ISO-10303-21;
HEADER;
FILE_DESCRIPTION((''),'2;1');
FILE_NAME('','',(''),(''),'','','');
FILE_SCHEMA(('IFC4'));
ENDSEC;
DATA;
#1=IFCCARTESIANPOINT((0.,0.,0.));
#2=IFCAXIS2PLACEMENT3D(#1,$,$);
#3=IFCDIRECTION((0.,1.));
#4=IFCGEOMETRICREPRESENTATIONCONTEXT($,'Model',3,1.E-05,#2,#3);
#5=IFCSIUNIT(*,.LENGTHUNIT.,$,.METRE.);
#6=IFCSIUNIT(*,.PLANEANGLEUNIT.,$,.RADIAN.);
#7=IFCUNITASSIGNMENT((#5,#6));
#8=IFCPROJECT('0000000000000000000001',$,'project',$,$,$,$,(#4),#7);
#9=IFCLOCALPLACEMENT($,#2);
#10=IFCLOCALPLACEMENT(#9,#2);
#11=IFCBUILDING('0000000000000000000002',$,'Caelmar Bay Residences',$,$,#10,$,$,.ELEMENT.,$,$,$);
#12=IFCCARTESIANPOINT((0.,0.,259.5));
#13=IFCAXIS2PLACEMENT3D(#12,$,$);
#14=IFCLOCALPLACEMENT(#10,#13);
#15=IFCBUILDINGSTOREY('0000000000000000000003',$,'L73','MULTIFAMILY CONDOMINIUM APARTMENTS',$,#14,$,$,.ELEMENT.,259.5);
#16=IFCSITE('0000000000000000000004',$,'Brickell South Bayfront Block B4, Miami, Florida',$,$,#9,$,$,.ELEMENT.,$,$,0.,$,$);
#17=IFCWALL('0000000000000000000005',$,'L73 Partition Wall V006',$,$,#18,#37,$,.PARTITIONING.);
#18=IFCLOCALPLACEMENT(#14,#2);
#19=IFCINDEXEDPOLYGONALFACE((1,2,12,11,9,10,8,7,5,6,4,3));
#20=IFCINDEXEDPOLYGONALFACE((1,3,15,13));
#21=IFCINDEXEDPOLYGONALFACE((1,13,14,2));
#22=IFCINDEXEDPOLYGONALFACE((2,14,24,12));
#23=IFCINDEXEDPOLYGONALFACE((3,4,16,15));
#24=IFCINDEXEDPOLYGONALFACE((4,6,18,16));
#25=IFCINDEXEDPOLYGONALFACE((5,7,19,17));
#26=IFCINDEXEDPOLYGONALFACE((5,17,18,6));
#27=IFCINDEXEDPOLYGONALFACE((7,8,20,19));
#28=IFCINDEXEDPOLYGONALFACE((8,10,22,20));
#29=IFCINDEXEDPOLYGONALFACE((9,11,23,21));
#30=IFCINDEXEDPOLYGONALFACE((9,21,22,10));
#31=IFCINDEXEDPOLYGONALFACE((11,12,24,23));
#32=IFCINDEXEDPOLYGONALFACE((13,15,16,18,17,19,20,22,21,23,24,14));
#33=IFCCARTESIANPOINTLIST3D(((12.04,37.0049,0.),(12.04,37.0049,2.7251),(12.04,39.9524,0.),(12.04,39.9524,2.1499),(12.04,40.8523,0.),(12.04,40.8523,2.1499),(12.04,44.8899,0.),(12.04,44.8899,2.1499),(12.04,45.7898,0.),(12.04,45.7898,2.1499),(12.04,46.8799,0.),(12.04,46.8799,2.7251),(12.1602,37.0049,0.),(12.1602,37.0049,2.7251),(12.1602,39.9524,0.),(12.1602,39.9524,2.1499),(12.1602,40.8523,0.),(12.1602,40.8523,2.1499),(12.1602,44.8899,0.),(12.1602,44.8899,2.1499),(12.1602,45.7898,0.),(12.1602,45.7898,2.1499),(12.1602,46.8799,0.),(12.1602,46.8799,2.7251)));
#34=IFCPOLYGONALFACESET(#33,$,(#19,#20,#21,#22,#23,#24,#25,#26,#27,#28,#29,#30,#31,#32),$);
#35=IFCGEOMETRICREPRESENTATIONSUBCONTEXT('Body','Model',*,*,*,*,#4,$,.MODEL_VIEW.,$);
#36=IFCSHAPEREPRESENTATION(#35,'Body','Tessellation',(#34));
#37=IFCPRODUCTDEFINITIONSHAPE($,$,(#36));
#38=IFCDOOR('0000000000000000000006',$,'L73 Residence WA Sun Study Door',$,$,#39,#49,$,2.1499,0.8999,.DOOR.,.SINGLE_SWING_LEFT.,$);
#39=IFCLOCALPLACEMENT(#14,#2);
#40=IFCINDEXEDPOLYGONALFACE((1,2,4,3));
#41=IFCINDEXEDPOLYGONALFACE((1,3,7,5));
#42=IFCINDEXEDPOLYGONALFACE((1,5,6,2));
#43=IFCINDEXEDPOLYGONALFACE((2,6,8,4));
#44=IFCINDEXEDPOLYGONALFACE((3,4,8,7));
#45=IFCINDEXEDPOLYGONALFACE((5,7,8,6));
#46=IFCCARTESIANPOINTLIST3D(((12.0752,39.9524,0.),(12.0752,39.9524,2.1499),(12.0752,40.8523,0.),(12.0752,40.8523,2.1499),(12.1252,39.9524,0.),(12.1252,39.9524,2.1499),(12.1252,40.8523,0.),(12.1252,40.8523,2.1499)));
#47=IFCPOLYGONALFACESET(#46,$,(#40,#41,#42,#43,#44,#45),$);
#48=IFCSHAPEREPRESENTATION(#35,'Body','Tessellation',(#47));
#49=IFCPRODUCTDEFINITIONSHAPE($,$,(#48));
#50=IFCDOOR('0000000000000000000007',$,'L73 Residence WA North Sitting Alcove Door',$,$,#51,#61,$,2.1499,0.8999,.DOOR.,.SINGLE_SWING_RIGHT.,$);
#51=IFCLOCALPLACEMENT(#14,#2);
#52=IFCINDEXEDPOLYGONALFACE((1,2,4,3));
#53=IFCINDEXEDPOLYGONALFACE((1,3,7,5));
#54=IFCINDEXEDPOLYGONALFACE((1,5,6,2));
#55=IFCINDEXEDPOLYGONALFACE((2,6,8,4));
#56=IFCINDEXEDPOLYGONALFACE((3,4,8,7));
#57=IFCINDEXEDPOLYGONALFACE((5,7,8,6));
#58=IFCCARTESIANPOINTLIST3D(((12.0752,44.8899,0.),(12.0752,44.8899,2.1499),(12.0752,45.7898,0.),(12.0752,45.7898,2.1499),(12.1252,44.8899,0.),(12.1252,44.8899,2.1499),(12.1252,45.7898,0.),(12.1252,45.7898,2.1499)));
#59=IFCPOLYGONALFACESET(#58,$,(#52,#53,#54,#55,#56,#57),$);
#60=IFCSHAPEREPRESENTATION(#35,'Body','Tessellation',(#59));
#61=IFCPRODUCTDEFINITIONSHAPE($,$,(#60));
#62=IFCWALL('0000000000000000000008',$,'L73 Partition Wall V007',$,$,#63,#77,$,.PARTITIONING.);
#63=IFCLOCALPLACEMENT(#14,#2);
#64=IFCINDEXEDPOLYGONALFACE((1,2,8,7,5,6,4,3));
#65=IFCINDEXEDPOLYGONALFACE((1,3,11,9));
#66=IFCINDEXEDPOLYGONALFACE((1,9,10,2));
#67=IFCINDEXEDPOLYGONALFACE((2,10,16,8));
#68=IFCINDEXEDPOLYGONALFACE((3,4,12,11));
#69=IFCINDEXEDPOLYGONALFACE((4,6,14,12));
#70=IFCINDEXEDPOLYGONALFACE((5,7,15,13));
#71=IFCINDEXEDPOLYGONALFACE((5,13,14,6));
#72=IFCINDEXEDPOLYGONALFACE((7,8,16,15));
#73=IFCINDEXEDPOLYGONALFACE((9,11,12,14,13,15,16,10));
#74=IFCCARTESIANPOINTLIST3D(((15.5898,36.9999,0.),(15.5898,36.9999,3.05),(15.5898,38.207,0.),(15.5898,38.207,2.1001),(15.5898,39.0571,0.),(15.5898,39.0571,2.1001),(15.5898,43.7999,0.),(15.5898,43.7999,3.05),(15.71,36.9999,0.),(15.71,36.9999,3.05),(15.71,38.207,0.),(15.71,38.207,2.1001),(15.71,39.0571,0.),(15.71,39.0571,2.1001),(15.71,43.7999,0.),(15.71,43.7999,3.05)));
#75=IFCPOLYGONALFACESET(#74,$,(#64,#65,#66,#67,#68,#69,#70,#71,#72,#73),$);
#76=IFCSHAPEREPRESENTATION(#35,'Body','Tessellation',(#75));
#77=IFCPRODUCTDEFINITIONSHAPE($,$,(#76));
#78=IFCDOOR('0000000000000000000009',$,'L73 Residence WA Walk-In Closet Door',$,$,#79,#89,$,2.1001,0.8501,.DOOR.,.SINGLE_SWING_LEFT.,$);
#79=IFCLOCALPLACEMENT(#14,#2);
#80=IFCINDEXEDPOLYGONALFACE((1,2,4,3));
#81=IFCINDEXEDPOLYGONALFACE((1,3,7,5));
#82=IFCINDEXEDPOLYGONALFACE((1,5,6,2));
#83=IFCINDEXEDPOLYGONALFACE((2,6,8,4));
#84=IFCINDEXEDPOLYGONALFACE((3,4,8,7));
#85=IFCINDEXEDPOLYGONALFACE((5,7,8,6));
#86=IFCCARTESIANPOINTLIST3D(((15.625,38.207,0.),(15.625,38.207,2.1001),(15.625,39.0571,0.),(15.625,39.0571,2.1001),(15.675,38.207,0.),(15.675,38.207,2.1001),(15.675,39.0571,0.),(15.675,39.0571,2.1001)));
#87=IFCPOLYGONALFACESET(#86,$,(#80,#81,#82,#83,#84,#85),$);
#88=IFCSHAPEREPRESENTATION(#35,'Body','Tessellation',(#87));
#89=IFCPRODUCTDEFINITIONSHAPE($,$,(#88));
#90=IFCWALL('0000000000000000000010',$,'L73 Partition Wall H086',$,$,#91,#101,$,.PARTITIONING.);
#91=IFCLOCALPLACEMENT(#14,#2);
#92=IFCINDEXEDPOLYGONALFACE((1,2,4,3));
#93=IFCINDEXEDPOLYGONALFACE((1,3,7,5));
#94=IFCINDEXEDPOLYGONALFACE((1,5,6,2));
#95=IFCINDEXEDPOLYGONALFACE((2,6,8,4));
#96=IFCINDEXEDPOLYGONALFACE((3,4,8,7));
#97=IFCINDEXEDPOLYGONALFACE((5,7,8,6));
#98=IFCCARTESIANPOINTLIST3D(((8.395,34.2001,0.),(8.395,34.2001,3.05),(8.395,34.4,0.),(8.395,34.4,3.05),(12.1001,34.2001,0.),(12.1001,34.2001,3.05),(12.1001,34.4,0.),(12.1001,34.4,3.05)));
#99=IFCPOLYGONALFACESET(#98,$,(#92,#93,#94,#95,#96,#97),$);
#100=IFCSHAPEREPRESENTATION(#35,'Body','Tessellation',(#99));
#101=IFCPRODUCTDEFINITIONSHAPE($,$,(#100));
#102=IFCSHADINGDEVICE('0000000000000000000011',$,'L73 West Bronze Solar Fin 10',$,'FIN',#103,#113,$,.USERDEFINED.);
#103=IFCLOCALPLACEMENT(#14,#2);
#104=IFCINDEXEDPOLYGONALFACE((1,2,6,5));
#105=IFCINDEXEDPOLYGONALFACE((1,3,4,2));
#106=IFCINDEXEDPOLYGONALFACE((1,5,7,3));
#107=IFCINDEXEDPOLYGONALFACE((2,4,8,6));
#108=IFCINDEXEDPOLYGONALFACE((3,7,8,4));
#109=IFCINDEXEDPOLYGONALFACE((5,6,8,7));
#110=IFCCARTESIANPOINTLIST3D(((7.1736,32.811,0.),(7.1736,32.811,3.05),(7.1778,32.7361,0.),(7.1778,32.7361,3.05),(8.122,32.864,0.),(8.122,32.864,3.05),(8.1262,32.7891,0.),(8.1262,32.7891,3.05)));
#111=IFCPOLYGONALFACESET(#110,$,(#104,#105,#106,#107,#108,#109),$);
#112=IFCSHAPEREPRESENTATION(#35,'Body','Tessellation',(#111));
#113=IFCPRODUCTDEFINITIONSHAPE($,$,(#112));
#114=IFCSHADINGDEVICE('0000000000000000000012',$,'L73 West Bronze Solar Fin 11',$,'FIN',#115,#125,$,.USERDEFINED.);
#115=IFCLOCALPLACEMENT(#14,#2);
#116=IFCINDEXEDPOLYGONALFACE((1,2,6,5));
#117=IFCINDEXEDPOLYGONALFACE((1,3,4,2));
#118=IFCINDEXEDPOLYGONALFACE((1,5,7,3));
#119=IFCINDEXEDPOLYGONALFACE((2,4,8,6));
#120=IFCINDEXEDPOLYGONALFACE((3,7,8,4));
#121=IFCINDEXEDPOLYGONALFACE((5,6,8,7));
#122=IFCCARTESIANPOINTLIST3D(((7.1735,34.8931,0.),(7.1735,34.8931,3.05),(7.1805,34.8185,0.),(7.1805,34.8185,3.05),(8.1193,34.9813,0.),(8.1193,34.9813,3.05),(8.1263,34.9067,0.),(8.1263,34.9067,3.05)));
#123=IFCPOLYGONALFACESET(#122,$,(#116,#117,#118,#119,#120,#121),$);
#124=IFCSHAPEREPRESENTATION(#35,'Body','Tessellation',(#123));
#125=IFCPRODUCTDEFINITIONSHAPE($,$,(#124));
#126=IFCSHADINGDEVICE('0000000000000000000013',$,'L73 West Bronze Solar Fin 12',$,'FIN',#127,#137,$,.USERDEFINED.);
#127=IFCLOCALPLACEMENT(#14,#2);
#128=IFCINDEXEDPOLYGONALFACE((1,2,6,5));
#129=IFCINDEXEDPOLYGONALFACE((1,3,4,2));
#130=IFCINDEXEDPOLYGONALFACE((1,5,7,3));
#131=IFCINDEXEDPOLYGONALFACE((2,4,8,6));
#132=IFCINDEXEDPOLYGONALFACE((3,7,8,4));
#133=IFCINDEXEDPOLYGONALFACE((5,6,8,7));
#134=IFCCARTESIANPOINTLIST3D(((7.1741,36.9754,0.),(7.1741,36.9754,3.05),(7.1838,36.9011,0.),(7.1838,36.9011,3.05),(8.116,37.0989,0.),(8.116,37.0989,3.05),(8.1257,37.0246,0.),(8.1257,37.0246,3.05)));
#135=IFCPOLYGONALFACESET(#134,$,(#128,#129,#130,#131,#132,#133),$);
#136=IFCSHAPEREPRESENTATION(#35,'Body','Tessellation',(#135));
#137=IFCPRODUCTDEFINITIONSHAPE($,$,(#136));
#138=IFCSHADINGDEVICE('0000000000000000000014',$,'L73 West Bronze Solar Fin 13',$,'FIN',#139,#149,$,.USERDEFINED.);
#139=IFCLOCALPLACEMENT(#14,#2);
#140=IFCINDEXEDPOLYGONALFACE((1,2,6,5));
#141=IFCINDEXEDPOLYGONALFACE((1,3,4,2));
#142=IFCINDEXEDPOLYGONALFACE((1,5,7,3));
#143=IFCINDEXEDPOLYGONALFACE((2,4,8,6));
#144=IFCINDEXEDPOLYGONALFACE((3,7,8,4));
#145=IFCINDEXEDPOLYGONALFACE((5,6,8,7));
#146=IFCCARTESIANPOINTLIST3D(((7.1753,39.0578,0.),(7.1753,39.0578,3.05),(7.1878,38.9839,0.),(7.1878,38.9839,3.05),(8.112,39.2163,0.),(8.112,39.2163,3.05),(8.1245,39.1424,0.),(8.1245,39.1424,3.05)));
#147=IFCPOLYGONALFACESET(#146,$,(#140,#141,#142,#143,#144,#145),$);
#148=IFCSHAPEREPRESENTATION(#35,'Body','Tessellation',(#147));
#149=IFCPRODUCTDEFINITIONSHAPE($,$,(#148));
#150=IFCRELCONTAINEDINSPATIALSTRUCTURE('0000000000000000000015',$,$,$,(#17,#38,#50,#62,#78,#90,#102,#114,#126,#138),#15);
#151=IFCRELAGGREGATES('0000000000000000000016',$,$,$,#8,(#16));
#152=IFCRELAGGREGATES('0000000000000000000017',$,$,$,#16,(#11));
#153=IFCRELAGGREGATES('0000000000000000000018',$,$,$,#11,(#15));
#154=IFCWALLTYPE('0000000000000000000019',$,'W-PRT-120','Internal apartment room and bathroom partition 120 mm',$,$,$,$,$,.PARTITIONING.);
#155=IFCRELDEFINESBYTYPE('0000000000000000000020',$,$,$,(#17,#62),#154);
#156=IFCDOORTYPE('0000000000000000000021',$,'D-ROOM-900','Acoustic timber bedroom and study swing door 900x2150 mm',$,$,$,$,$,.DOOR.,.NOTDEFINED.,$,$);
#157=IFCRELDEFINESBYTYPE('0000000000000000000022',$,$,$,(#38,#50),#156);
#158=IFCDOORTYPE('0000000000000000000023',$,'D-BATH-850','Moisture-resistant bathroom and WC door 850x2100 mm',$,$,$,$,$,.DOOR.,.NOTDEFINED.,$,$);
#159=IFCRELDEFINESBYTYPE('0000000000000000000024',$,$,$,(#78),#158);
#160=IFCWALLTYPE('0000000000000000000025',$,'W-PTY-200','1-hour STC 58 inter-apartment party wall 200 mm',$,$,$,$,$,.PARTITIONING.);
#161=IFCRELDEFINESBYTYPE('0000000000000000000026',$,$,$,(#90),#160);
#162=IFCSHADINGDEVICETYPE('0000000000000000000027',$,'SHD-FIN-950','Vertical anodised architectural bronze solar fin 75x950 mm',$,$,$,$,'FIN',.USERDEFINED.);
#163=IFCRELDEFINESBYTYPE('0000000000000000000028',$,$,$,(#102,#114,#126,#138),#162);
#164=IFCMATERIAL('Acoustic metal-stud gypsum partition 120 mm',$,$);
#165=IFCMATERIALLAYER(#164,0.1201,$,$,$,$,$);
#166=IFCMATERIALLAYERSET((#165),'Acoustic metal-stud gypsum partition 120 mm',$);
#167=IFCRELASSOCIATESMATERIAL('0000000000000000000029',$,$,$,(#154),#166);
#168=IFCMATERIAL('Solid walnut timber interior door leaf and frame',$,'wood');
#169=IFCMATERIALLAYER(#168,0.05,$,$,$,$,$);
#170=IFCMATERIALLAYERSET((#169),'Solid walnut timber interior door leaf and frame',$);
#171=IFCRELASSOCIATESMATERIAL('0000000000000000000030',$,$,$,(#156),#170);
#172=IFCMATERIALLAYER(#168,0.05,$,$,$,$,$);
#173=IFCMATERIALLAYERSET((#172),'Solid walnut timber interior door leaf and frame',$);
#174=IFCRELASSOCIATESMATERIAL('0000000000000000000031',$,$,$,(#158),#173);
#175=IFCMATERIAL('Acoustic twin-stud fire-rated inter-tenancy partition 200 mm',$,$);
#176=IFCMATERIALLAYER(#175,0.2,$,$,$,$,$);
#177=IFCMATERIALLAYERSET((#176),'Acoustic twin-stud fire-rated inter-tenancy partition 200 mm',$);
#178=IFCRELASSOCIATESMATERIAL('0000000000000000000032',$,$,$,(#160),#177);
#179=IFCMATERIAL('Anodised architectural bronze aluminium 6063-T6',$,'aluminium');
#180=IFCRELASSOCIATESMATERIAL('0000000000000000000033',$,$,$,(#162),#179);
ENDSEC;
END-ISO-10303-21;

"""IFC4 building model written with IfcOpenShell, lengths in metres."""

from ifc_helpers import new_model, si_unit, direction, frame, frame_2d, origin, origin_2d, place, context, subcontext, project, spatial, rectangle, extrude, material, layer, layer_set, material_profile, profile_set, type_object, element, fill, save


model = new_model("IFC4")

# Units and contexts
model_context = context("Model", 3, precision=1e-05, world=origin(), true_north=direction((0.0, 1.0)))
body_context = subcontext(model_context, "Body", "Model", "MODEL_VIEW")
ifc_project = project(units=[si_unit("LENGTHUNIT", "METRE"), si_unit("PLANEANGLEUNIT", "RADIAN")], contexts=[model_context])

# Site, building, storey
site_placement = place(None, origin())
site = spatial("IfcSite", under=ifc_project, at=site_placement, Name="Brickell South Bayfront Block B4, Miami, Florida", CompositionType="ELEMENT", RefElevation=0.0)
building_placement = place(site_placement, origin())
building = spatial("IfcBuilding", under=site, at=building_placement, Name="Caelmar Bay Residences", CompositionType="ELEMENT")
storey_placement = place(building_placement, frame((0.0, 0.0, 259.5)))
storey = spatial("IfcBuildingStorey", under=building, at=storey_placement, Name="L73", Description="MULTIFAMILY CONDOMINIUM APARTMENTS", CompositionType="ELEMENT", Elevation=259.5)

# Wall, openings, doors
ifc_material_1 = material(Name="Acoustic metal-stud gypsum partition 120 mm")
ifc_layer_1 = layer(ifc_material_1, 0.1201)
ifc_layer_set_1 = layer_set([ifc_layer_1], Name="Acoustic metal-stud gypsum partition 120 mm")
wall_type_1 = type_object("IfcWallType", Name="W-PRT-120", Description="Internal apartment room and bathroom partition 120 mm", PredefinedType="PARTITIONING", material=ifc_layer_set_1)
wall_1_placement = place(storey_placement, frame((12.1001, 37.0049, 0.0), z_axis=(0.0, 0.0, 1.0), x_axis=(0.0, 1.0, 0.0)))
wall_1 = element("IfcWall", 1, at=wall_1_placement, inside=storey, type_object=wall_type_1, Name="L73 Partition Wall V006", PredefinedType="PARTITIONING", context=body_context, shape_type="SweptSolid", body=[
    extrude(rectangle(XDim=9.875, YDim=0.1201, at=frame_2d((4.9375, 0.0))), origin(), (0.0, 0.0, 1.0), 2.7251),
])
opening_1_placement = place(wall_1_placement, frame((2.9475, 0.0, 0.0)))
opening_1 = element("IfcOpeningElement", 2, at=opening_1_placement, cuts=wall_1, PredefinedType="OPENING", context=body_context, shape_type="SweptSolid", body=[
    extrude(rectangle(XDim=0.8999, YDim=2.1499, at=frame_2d((0.45, 1.075))), frame((0.0, 0.0701, 0.0), z_axis=(0.0, -1.0, 0.0), x_axis=(1.0, 0.0, 0.0)), (0.0, 0.0, 1.0), 0.1401),
])
opening_2_placement = place(wall_1_placement, frame((7.885, 0.0, 0.0)))
opening_2 = element("IfcOpeningElement", 3, at=opening_2_placement, cuts=wall_1, PredefinedType="OPENING", context=body_context, shape_type="SweptSolid", body=[
    extrude(rectangle(XDim=0.8999, YDim=2.1499, at=frame_2d((0.45, 1.075))), frame((0.0, 0.0701, 0.0), z_axis=(0.0, -1.0, 0.0), x_axis=(1.0, 0.0, 0.0)), (0.0, 0.0, 1.0), 0.1401),
])
ifc_material_2 = material(Name="Solid walnut timber interior door leaf and frame", Category="wood")
ifc_layer_2 = layer(ifc_material_2, 0.05)
ifc_layer_set_2 = layer_set([ifc_layer_2], Name="Solid walnut timber interior door leaf and frame")
door_type_1 = type_object("IfcDoorType", Name="D-ROOM-900", Description="Acoustic timber bedroom and study swing door 900x2150 mm", OperationType="NOTDEFINED", PredefinedType="DOOR", material=ifc_layer_set_2)
door_1_placement = place(opening_1_placement, origin())
door_1 = element("IfcDoor", 4, at=door_1_placement, inside=storey, type_object=door_type_1, Name="L73 Residence WA Sun Study Door", OperationType="SINGLE_SWING_LEFT", OverallHeight=2.1499, OverallWidth=0.8999, PredefinedType="DOOR", context=body_context, shape_type="SweptSolid", body=[
    extrude(rectangle(XDim=0.8999, YDim=2.1499, at=frame_2d((0.45, 1.075))), frame((0.0, 0.0249, 0.0), z_axis=(0.0, -1.0, 0.0), x_axis=(1.0, 0.0, 0.0)), (0.0, 0.0, 1.0), 0.05),
])
fill(opening_1, door_1)
door_2_placement = place(opening_2_placement, origin())
door_2 = element("IfcDoor", 5, at=door_2_placement, inside=storey, type_object=door_type_1, Name="L73 Residence WA North Sitting Alcove Door", OperationType="SINGLE_SWING_RIGHT", OverallHeight=2.1499, OverallWidth=0.8999, PredefinedType="DOOR", context=body_context, shape_type="SweptSolid", body=[
    extrude(rectangle(XDim=0.8999, YDim=2.1499, at=frame_2d((0.45, 1.075))), frame((0.0, 0.0249, 0.0), z_axis=(0.0, -1.0, 0.0), x_axis=(1.0, 0.0, 0.0)), (0.0, 0.0, 1.0), 0.05),
])
fill(opening_2, door_2)

# Wall, opening, door
wall_2_placement = place(storey_placement, frame((15.6499, 37.0, 0.0), z_axis=(0.0, 0.0, 1.0), x_axis=(0.0, 1.0, 0.0)))
wall_2 = element("IfcWall", 6, at=wall_2_placement, inside=storey, type_object=wall_type_1, Name="L73 Partition Wall V007", PredefinedType="PARTITIONING", context=body_context, shape_type="SweptSolid", body=[
    extrude(rectangle(XDim=6.8, YDim=0.1201, at=frame_2d((3.3999, 0.0))), origin(), (0.0, 0.0, 1.0), 3.05),
])
opening_3_placement = place(wall_2_placement, frame((1.207, 0.0, 0.0)))
opening_3 = element("IfcOpeningElement", 7, at=opening_3_placement, cuts=wall_2, PredefinedType="OPENING", context=body_context, shape_type="SweptSolid", body=[
    extrude(rectangle(XDim=0.8501, YDim=2.1001, at=frame_2d((0.425, 1.05))), frame((0.0, 0.0701, 0.0), z_axis=(0.0, -1.0, 0.0), x_axis=(1.0, 0.0, 0.0)), (0.0, 0.0, 1.0), 0.1401),
])
ifc_layer_3 = layer(ifc_material_2, 0.05)
ifc_layer_set_3 = layer_set([ifc_layer_3], Name="Solid walnut timber interior door leaf and frame")
door_type_2 = type_object("IfcDoorType", Name="D-BATH-850", Description="Moisture-resistant bathroom and WC door 850x2100 mm", OperationType="NOTDEFINED", PredefinedType="DOOR", material=ifc_layer_set_3)
door_3_placement = place(opening_3_placement, origin())
door_3 = element("IfcDoor", 8, at=door_3_placement, inside=storey, type_object=door_type_2, Name="L73 Residence WA Walk-In Closet Door", OperationType="SINGLE_SWING_LEFT", OverallHeight=2.1001, OverallWidth=0.8501, PredefinedType="DOOR", context=body_context, shape_type="SweptSolid", body=[
    extrude(rectangle(XDim=0.8501, YDim=2.1001, at=frame_2d((0.425, 1.05))), frame((0.0, 0.0249, 0.0), z_axis=(0.0, -1.0, 0.0), x_axis=(1.0, 0.0, 0.0)), (0.0, 0.0, 1.0), 0.05),
])
fill(opening_3, door_3)

# Wall
ifc_material_3 = material(Name="Acoustic twin-stud fire-rated inter-tenancy partition 200 mm")
ifc_layer_4 = layer(ifc_material_3, 0.2)
ifc_layer_set_4 = layer_set([ifc_layer_4], Name="Acoustic twin-stud fire-rated inter-tenancy partition 200 mm")
wall_type_2 = type_object("IfcWallType", Name="W-PTY-200", Description="1-hour STC 58 inter-apartment party wall 200 mm", PredefinedType="PARTITIONING", material=ifc_layer_set_4)
wall_3_placement = place(storey_placement, frame((8.395, 34.3, 0.0), z_axis=(0.0, 0.0, 1.0), x_axis=(1.0, 0.0, 0.0)))
element("IfcWall", 9, at=wall_3_placement, inside=storey, type_object=wall_type_2, Name="L73 Partition Wall H086", PredefinedType="PARTITIONING", context=body_context, shape_type="SweptSolid", body=[
    extrude(rectangle(XDim=3.7051, YDim=0.2, at=frame_2d((1.8525, 0.0))), origin(), (0.0, 0.0, 1.0), 3.05),
])

# Shading devices
ifc_material_4 = material(Name="Anodised architectural bronze aluminium 6063-T6", Category="aluminium")
ifc_material_profile = material_profile(ifc_material_4, rectangle(XDim=0.075, YDim=0.95, at=origin_2d()), Name="BRONZE-FIN-75X950")
ifc_profile_set = profile_set([ifc_material_profile], Name="Anodised architectural bronze aluminium 6063-T6")
shading_device_type = type_object("IfcShadingDeviceType", Name="SHD-FIN-950", Description="Vertical anodised architectural bronze solar fin 75x950 mm", ElementType="FIN", PredefinedType="USERDEFINED", material=ifc_profile_set)
for number, where, z_axis, x_axis, name in (
    (10, (7.6499, 32.8, 0.0), (0.0, 0.0, 1.0), (-0.055822, 0.998441, 0.0), "L73 West Bronze Solar Fin 10"),
    (11, (7.6499, 34.8999, 0.0), (0.0, 0.0, 1.0), (-0.092892, 0.995676, 0.0), "L73 West Bronze Solar Fin 11"),
    (12, (7.6499, 37.0, 0.0), (0.0, 0.0, 1.0), (-0.130007, 0.991513, 0.0), "L73 West Bronze Solar Fin 12"),
    (13, (7.6499, 39.1001, 0.0), (0.0, 0.0, 1.0), (-0.166769, 0.985996, 0.0), "L73 West Bronze Solar Fin 13"),
):
    element("IfcShadingDevice", number, at=place(storey_placement, frame(where, z_axis=z_axis, x_axis=x_axis)), inside=storey, type_object=shading_device_type, Name=name, ObjectType="FIN", PredefinedType="USERDEFINED", context=body_context, shape_type="SweptSolid", body=[
        extrude(rectangle(XDim=0.075, YDim=0.95, at=origin_2d()), origin(), (0.0, 0.0, 1.0), 3.05),
    ])

save(model, "model.ifc")
